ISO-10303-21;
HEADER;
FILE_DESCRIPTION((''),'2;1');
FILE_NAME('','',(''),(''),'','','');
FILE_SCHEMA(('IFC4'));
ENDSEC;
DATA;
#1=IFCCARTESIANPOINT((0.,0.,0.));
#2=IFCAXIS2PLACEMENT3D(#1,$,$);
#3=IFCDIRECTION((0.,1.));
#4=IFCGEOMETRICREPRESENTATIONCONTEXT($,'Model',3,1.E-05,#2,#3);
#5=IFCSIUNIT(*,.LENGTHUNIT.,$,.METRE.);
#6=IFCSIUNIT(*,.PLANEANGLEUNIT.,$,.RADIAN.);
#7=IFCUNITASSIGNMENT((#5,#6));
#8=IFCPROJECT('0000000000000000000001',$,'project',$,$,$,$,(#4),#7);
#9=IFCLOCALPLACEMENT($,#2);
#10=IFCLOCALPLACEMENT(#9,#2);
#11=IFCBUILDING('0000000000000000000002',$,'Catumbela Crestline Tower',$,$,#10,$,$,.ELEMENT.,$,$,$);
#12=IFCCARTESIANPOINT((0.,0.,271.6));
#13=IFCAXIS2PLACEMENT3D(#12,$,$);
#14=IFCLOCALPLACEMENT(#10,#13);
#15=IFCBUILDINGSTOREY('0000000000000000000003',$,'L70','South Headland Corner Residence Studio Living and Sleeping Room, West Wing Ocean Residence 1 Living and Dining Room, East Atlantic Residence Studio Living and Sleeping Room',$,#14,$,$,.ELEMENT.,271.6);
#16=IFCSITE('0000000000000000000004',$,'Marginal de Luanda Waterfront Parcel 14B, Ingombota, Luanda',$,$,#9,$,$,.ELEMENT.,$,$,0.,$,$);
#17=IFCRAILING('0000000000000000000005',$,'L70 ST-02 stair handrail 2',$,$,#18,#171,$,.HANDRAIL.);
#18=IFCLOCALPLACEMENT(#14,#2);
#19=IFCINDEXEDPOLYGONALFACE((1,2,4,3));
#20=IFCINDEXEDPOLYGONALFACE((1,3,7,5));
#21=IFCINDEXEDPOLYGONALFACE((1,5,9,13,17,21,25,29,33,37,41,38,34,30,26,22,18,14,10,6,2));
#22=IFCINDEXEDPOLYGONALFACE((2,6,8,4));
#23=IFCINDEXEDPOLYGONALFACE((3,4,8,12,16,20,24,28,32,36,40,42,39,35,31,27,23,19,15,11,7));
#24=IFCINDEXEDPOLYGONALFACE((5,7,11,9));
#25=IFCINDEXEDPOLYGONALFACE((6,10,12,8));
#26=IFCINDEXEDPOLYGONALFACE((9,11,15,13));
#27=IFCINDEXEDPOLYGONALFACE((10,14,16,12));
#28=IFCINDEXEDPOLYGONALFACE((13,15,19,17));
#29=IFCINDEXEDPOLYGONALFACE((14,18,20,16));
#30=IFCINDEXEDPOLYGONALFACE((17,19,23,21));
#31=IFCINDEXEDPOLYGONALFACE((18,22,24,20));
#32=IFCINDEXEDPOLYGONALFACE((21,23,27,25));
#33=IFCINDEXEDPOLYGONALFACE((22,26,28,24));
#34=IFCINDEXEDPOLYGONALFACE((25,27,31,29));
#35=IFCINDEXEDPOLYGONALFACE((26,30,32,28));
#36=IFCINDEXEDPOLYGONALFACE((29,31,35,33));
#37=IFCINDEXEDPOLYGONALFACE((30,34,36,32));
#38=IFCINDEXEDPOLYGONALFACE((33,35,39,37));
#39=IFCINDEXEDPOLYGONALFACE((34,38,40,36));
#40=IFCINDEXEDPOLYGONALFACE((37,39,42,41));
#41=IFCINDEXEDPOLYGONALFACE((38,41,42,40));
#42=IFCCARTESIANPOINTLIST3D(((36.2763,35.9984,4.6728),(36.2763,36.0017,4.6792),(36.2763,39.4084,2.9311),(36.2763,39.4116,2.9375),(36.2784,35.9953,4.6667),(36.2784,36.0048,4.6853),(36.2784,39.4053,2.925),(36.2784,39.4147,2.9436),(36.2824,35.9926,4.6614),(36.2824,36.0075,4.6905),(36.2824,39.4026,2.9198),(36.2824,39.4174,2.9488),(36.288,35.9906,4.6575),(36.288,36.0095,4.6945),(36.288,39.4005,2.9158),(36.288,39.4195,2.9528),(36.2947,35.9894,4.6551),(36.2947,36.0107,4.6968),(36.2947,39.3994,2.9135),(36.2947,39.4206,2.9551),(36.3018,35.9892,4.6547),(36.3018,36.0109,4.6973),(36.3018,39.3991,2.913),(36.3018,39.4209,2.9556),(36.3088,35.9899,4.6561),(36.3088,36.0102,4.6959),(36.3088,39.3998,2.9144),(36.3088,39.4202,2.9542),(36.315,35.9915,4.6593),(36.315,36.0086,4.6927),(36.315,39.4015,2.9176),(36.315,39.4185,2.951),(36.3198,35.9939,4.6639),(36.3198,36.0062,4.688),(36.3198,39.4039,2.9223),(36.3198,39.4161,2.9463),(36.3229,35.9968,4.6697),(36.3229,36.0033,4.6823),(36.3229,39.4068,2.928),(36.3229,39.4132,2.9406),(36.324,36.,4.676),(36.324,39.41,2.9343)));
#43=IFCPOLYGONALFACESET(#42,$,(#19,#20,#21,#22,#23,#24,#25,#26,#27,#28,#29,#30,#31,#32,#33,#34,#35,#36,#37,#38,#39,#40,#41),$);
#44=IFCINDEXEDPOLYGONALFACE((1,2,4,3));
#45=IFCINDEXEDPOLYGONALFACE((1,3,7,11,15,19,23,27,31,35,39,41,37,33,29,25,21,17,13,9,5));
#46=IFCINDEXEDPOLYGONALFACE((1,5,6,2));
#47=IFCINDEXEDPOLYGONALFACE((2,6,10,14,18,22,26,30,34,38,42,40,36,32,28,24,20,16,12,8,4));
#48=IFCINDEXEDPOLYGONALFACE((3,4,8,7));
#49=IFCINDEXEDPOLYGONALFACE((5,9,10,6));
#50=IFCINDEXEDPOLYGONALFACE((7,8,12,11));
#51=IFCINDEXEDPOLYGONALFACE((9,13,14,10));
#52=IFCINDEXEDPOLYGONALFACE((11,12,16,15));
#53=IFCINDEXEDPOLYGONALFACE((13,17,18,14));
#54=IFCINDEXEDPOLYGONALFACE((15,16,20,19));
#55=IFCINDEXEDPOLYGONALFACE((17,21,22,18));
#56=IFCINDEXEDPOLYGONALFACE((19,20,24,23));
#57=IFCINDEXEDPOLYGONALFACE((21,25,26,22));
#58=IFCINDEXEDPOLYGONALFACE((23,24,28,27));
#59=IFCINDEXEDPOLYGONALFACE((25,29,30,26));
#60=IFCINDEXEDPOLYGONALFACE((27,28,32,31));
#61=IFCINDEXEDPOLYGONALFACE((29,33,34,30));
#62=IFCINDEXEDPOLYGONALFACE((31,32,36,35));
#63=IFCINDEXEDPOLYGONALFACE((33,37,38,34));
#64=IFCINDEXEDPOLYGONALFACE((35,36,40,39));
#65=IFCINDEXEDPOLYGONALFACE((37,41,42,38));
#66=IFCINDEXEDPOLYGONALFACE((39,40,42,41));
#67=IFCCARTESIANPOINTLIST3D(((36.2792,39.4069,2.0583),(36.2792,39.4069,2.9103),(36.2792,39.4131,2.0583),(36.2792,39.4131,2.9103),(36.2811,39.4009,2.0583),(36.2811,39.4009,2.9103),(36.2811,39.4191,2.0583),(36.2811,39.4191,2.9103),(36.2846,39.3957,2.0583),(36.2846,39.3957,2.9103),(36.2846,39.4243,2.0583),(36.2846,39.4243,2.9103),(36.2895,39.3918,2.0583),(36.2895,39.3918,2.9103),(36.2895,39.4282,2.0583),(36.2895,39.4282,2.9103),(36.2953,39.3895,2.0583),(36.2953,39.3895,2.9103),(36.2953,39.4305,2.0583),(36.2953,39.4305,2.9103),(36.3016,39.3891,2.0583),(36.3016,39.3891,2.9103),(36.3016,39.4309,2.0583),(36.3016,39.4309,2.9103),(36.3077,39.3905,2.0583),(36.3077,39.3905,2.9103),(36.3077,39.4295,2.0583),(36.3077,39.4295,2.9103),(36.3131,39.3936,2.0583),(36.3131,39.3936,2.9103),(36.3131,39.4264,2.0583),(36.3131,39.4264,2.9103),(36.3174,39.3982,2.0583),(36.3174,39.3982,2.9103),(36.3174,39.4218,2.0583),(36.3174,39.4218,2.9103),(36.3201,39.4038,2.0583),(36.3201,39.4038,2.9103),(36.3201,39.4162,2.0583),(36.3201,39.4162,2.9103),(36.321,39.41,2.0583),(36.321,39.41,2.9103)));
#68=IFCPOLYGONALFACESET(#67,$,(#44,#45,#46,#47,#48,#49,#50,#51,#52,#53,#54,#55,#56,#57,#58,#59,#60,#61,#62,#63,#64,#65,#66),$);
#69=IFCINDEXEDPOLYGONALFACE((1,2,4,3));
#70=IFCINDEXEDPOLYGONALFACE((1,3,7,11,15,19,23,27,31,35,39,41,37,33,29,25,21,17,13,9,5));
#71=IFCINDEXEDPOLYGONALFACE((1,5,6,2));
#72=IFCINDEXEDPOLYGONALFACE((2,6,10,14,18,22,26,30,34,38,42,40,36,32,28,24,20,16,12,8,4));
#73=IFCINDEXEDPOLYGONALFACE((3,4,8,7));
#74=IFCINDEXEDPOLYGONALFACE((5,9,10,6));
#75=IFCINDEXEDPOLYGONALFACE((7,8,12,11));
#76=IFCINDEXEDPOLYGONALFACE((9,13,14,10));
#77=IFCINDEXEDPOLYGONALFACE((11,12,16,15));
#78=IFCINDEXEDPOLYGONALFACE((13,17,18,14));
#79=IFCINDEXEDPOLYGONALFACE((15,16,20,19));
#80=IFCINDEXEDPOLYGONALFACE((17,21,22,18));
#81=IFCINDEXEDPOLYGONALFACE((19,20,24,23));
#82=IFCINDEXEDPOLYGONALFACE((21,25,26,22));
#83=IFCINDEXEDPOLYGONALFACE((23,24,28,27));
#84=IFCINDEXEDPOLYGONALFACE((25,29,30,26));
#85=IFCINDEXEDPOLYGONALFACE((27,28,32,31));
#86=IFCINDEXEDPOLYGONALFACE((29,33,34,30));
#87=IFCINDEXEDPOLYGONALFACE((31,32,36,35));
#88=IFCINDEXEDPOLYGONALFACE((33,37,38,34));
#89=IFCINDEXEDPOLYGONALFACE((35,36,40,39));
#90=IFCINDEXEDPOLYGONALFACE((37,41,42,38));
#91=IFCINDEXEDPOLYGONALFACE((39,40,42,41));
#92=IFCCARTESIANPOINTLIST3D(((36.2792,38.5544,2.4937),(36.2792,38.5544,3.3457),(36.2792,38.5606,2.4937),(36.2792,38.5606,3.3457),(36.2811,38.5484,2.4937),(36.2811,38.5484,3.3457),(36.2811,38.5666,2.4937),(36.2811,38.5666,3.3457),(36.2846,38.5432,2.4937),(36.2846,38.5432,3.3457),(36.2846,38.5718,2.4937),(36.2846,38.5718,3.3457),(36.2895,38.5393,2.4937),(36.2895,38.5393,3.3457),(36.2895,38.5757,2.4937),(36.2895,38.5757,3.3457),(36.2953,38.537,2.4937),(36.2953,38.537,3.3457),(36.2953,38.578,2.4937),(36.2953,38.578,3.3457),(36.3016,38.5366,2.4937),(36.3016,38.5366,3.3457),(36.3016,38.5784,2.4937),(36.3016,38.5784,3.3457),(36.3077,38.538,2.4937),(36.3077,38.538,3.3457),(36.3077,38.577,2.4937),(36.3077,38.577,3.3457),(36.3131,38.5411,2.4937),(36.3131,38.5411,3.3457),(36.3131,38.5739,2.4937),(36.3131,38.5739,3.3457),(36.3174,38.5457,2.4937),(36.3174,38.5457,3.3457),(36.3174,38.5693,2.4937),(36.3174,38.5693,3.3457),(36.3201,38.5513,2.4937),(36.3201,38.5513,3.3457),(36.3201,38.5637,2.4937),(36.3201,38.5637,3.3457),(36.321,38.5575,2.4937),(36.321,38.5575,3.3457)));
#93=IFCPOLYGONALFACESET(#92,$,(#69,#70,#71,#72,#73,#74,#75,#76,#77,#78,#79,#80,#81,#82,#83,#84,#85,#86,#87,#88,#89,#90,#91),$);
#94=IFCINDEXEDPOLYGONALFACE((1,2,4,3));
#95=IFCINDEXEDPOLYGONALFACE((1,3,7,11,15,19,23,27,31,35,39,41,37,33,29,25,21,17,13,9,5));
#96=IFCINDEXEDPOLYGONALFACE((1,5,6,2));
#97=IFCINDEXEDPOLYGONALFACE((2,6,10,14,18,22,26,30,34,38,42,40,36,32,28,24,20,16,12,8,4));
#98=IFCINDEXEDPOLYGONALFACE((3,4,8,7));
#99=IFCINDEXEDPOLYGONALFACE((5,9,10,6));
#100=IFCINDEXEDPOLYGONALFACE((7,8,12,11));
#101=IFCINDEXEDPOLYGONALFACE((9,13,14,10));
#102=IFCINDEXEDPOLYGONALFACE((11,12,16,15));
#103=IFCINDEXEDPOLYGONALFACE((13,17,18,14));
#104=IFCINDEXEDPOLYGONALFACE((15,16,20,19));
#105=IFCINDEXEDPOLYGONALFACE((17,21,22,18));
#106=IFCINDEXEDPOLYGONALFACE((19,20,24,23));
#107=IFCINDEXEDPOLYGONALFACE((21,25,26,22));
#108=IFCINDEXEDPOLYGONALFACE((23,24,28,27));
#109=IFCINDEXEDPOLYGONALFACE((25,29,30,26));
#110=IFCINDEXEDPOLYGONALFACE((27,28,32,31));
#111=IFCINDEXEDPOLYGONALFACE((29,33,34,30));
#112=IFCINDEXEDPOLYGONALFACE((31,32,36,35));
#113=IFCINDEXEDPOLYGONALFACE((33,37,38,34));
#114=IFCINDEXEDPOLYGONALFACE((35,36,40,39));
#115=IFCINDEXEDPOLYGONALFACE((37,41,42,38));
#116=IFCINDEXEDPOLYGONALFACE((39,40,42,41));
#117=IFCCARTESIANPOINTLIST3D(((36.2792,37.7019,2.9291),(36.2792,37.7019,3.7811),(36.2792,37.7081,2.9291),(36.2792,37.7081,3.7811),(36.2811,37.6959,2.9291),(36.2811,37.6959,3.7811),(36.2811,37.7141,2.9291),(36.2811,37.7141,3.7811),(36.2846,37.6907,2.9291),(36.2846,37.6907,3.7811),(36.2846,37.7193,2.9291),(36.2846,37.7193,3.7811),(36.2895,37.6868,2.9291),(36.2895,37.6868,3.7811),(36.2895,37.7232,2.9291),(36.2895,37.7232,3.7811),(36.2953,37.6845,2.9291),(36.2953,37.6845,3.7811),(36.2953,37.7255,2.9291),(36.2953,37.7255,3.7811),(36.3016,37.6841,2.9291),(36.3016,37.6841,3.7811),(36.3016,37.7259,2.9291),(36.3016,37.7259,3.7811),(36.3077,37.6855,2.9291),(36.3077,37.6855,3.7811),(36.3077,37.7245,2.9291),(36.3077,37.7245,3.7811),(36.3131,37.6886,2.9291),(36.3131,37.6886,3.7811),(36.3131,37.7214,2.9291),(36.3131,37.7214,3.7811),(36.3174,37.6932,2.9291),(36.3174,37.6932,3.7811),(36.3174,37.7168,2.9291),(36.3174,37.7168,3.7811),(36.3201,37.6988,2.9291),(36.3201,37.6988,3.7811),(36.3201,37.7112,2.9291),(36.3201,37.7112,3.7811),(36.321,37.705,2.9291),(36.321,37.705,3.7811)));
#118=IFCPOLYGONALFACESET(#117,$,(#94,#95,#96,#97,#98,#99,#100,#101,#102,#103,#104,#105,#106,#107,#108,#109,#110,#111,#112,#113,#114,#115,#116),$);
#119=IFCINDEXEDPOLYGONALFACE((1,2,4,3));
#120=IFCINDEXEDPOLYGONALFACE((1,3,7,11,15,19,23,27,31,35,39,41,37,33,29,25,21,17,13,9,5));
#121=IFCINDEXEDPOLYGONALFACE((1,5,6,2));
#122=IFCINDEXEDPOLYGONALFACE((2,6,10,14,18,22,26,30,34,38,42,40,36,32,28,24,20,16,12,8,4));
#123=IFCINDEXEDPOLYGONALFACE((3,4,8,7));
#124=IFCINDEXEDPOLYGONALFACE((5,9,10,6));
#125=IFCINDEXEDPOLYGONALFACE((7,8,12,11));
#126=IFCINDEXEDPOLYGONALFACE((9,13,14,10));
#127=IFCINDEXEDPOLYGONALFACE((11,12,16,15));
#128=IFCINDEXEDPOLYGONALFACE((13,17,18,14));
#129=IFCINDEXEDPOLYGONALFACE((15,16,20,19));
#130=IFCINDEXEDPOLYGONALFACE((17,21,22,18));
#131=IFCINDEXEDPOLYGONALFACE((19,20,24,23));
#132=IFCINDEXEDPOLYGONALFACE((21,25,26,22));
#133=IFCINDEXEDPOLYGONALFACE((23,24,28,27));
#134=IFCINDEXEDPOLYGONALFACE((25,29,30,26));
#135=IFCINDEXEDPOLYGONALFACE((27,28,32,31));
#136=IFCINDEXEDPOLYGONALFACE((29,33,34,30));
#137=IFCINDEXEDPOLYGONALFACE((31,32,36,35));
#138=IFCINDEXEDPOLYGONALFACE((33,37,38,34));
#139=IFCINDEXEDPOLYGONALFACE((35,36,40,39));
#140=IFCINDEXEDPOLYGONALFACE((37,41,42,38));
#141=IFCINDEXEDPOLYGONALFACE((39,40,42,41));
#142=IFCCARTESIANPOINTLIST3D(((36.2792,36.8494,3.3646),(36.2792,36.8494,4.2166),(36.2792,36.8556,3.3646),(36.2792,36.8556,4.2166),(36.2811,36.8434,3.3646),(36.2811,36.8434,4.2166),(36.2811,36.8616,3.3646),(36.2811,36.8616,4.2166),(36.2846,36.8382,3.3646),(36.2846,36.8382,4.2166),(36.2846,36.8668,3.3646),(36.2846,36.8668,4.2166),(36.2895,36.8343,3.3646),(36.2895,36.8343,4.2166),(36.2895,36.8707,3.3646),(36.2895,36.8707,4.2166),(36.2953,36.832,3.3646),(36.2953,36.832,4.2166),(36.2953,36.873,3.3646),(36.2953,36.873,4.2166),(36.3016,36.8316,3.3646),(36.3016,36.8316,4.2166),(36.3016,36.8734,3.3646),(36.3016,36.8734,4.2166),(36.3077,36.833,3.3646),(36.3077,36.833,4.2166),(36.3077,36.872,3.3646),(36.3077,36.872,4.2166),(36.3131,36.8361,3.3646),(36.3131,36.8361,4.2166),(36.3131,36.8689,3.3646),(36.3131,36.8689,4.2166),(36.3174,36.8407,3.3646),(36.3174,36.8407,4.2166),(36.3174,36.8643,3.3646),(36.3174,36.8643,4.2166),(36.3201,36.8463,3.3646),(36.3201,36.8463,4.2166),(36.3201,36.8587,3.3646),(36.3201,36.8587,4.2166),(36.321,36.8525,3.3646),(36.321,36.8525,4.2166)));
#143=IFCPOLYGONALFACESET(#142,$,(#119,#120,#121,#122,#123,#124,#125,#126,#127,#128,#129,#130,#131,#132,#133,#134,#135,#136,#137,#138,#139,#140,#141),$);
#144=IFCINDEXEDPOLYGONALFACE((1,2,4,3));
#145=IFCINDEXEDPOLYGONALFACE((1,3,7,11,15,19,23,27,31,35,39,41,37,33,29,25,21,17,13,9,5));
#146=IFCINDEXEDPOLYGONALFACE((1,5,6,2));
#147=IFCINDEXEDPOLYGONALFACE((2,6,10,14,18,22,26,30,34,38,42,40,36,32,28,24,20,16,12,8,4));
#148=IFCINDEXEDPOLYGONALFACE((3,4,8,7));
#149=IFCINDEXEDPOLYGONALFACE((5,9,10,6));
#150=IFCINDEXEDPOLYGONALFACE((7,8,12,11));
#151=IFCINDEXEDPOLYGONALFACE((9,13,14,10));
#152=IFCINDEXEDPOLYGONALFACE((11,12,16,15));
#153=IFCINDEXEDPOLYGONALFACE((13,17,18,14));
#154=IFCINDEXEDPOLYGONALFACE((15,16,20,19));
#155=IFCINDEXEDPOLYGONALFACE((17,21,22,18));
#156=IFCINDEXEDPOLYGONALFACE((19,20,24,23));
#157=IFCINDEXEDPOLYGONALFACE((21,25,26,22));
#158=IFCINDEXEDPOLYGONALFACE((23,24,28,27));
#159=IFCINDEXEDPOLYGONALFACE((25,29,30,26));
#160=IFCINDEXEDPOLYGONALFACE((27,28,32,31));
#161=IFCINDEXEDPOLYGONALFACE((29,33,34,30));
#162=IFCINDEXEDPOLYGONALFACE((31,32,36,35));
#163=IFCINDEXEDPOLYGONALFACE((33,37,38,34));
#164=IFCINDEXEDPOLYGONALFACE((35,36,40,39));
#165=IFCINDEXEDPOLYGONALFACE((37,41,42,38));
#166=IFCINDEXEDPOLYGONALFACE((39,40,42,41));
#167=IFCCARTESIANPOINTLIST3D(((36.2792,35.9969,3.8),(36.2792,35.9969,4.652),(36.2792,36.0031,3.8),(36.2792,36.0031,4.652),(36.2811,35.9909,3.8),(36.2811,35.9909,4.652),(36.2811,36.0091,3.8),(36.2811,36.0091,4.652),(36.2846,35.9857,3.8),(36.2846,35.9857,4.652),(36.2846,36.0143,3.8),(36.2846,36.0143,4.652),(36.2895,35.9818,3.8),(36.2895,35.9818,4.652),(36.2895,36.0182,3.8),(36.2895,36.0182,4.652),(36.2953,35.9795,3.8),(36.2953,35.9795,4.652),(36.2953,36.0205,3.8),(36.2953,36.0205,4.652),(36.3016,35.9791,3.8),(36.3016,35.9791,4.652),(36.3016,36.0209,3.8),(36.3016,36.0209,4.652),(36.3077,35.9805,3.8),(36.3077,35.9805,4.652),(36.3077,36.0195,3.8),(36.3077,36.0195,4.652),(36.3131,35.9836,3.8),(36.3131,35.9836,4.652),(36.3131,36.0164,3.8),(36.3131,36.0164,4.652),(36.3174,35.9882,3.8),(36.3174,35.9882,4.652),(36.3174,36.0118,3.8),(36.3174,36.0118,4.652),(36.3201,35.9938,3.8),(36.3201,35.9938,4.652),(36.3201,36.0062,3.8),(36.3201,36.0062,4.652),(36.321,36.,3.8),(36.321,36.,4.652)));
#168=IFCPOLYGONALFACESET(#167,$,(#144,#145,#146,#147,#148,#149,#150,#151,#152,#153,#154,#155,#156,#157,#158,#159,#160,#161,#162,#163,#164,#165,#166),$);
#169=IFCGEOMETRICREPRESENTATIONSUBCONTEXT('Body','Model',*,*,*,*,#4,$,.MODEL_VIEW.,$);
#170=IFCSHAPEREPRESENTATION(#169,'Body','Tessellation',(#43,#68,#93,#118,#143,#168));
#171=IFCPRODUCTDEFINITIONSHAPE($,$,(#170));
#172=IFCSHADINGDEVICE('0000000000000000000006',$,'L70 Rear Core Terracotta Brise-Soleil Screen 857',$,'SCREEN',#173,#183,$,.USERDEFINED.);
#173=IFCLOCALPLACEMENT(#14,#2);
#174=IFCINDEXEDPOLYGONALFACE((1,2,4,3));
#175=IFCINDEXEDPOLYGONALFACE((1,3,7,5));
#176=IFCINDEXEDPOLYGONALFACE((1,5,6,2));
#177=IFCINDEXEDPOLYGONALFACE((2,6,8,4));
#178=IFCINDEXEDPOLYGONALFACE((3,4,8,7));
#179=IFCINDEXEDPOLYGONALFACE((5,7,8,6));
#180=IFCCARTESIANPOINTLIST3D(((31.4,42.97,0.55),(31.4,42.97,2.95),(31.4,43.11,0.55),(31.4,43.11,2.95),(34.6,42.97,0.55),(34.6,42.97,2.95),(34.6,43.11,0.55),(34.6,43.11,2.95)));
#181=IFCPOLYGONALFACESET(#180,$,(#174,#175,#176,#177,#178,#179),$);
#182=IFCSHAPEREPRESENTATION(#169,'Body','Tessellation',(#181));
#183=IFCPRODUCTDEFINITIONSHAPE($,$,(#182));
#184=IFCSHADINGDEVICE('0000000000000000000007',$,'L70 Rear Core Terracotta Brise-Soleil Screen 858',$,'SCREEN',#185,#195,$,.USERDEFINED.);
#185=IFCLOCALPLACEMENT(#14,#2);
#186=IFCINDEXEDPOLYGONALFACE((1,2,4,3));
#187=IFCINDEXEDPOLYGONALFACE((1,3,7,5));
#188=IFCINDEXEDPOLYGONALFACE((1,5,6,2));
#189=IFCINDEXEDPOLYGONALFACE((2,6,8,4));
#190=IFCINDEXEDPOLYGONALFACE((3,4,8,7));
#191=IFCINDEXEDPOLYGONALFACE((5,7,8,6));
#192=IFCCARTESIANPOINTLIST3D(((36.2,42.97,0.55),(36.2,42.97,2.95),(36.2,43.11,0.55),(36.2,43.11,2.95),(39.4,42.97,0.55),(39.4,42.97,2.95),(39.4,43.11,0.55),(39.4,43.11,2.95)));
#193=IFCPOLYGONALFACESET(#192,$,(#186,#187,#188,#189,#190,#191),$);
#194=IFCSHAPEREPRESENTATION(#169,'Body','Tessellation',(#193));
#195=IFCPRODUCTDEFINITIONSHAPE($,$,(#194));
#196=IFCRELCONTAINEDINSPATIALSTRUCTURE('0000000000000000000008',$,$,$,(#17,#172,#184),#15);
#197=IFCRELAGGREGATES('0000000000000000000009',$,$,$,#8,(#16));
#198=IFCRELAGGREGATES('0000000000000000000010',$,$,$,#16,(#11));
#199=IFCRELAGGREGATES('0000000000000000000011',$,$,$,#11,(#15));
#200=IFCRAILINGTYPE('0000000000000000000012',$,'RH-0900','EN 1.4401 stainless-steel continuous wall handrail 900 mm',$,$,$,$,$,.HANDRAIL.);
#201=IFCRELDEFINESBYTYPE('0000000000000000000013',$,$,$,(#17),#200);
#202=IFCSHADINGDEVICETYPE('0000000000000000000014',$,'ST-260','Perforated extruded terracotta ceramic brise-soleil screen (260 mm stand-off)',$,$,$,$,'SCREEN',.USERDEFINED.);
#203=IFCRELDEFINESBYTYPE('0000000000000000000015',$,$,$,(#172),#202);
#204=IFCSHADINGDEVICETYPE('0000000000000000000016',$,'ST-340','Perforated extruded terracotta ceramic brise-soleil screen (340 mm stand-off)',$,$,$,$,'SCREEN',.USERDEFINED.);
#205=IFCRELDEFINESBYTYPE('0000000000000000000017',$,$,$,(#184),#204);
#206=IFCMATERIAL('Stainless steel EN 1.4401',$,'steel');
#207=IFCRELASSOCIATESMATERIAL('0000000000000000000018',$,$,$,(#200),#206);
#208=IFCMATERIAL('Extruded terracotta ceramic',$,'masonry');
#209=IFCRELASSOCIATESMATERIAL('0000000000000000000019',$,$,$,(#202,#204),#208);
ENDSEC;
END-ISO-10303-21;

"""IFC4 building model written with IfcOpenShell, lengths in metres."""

from ifc_helpers import new_model, si_unit, direction, frame, origin, origin_2d, place, context, subcontext, project, spatial, rectangle, circle, extrude, material, type_object, element, save


model = new_model("IFC4")

# Units and contexts
model_context = context("Model", 3, precision=1e-05, world=origin(), true_north=direction((0.0, 1.0)))
body_context = subcontext(model_context, "Body", "Model", "MODEL_VIEW")
ifc_project = project(units=[si_unit("LENGTHUNIT", "METRE"), si_unit("PLANEANGLEUNIT", "RADIAN")], contexts=[model_context])

# Site, building, storey
site_placement = place(None, origin())
site = spatial("IfcSite", under=ifc_project, at=site_placement, Name="Marginal de Luanda Waterfront Parcel 14B, Ingombota, Luanda", CompositionType="ELEMENT", RefElevation=0.0)
building_placement = place(site_placement, origin())
building = spatial("IfcBuilding", under=site, at=building_placement, Name="Catumbela Crestline Tower", CompositionType="ELEMENT")
storey_placement = place(building_placement, frame((0.0, 0.0, 271.6)))
storey = spatial("IfcBuildingStorey", under=building, at=storey_placement, Name="L70", Description="South Headland Corner Residence Studio Living and Sleeping Room, West Wing Ocean Residence 1 Living and Dining Room, East Atlantic Residence Studio Living and Sleeping Room", CompositionType="ELEMENT", Elevation=271.6)

# Shared definitions
ifc_material_1 = material(Name="Stainless steel EN 1.4401", Category="steel")

# Railing
railing_type_1 = type_object("IfcRailingType", Name="RH-0900", Description="EN 1.4401 stainless-steel continuous wall handrail 900 mm", PredefinedType="HANDRAIL", material=ifc_material_1)
railing_1_placement = place(storey_placement, frame((36.3, 39.41, 2.0583)))
element("IfcRailing", 1, at=railing_1_placement, inside=storey, type_object=railing_type_1, Name="L70 ST-02 stair handrail 2", PredefinedType="HANDRAIL", context=body_context, shape_type="SweptSolid", body=[
    extrude(circle(Radius=0.024, at=origin_2d()), frame((0.0, 0.0, 0.876), z_axis=(0.0, -0.89056, 0.454865), x_axis=(1.0, 0.0, 0.0)), (0.0, 0.0, 1.0), 3.829),
    extrude(circle(Radius=0.021, at=origin_2d()), origin(), (0.0, 0.0, 1.0), 0.852),
    extrude(circle(Radius=0.021, at=origin_2d()), frame((0.0, -0.8525, 0.4354)), (0.0, 0.0, 1.0), 0.852),
    extrude(circle(Radius=0.021, at=origin_2d()), frame((0.0, -1.705, 0.8708)), (0.0, 0.0, 1.0), 0.852),
    extrude(circle(Radius=0.021, at=origin_2d()), frame((0.0, -2.5575, 1.3063)), (0.0, 0.0, 1.0), 0.852),
    extrude(circle(Radius=0.021, at=origin_2d()), frame((0.0, -3.41, 1.7417)), (0.0, 0.0, 1.0), 0.852),
])

# Shading devices
ifc_material_2 = material(Name="Extruded terracotta ceramic", Category="masonry")
shading_device_type_1 = type_object("IfcShadingDeviceType", Name="ST-260", Description="Perforated extruded terracotta ceramic brise-soleil screen (260 mm stand-off)", ElementType="SCREEN", PredefinedType="USERDEFINED", material=ifc_material_2)
shading_device_1_placement = place(storey_placement, frame((33.0, 43.04, 0.55), z_axis=(0.0, 0.0, 1.0), x_axis=(1.0, 0.0, 0.0)))
element("IfcShadingDevice", 2, at=shading_device_1_placement, inside=storey, type_object=shading_device_type_1, Name="L70 Rear Core Terracotta Brise-Soleil Screen 857", ObjectType="SCREEN", PredefinedType="USERDEFINED", context=body_context, shape_type="SweptSolid", body=[
    extrude(rectangle(XDim=3.2, YDim=0.14, at=origin_2d()), origin(), (0.0, 0.0, 1.0), 2.4),
])
shading_device_type_2 = type_object("IfcShadingDeviceType", Name="ST-340", Description="Perforated extruded terracotta ceramic brise-soleil screen (340 mm stand-off)", ElementType="SCREEN", PredefinedType="USERDEFINED", material=ifc_material_2)
shading_device_2_placement = place(storey_placement, frame((37.8, 43.04, 0.55), z_axis=(0.0, 0.0, 1.0), x_axis=(1.0, 0.0, 0.0)))
element("IfcShadingDevice", 3, at=shading_device_2_placement, inside=storey, type_object=shading_device_type_2, Name="L70 Rear Core Terracotta Brise-Soleil Screen 858", ObjectType="SCREEN", PredefinedType="USERDEFINED", context=body_context, shape_type="SweptSolid", body=[
    extrude(rectangle(XDim=3.2, YDim=0.14, at=origin_2d()), origin(), (0.0, 0.0, 1.0), 2.4),
])

save(model, "model.ifc")
